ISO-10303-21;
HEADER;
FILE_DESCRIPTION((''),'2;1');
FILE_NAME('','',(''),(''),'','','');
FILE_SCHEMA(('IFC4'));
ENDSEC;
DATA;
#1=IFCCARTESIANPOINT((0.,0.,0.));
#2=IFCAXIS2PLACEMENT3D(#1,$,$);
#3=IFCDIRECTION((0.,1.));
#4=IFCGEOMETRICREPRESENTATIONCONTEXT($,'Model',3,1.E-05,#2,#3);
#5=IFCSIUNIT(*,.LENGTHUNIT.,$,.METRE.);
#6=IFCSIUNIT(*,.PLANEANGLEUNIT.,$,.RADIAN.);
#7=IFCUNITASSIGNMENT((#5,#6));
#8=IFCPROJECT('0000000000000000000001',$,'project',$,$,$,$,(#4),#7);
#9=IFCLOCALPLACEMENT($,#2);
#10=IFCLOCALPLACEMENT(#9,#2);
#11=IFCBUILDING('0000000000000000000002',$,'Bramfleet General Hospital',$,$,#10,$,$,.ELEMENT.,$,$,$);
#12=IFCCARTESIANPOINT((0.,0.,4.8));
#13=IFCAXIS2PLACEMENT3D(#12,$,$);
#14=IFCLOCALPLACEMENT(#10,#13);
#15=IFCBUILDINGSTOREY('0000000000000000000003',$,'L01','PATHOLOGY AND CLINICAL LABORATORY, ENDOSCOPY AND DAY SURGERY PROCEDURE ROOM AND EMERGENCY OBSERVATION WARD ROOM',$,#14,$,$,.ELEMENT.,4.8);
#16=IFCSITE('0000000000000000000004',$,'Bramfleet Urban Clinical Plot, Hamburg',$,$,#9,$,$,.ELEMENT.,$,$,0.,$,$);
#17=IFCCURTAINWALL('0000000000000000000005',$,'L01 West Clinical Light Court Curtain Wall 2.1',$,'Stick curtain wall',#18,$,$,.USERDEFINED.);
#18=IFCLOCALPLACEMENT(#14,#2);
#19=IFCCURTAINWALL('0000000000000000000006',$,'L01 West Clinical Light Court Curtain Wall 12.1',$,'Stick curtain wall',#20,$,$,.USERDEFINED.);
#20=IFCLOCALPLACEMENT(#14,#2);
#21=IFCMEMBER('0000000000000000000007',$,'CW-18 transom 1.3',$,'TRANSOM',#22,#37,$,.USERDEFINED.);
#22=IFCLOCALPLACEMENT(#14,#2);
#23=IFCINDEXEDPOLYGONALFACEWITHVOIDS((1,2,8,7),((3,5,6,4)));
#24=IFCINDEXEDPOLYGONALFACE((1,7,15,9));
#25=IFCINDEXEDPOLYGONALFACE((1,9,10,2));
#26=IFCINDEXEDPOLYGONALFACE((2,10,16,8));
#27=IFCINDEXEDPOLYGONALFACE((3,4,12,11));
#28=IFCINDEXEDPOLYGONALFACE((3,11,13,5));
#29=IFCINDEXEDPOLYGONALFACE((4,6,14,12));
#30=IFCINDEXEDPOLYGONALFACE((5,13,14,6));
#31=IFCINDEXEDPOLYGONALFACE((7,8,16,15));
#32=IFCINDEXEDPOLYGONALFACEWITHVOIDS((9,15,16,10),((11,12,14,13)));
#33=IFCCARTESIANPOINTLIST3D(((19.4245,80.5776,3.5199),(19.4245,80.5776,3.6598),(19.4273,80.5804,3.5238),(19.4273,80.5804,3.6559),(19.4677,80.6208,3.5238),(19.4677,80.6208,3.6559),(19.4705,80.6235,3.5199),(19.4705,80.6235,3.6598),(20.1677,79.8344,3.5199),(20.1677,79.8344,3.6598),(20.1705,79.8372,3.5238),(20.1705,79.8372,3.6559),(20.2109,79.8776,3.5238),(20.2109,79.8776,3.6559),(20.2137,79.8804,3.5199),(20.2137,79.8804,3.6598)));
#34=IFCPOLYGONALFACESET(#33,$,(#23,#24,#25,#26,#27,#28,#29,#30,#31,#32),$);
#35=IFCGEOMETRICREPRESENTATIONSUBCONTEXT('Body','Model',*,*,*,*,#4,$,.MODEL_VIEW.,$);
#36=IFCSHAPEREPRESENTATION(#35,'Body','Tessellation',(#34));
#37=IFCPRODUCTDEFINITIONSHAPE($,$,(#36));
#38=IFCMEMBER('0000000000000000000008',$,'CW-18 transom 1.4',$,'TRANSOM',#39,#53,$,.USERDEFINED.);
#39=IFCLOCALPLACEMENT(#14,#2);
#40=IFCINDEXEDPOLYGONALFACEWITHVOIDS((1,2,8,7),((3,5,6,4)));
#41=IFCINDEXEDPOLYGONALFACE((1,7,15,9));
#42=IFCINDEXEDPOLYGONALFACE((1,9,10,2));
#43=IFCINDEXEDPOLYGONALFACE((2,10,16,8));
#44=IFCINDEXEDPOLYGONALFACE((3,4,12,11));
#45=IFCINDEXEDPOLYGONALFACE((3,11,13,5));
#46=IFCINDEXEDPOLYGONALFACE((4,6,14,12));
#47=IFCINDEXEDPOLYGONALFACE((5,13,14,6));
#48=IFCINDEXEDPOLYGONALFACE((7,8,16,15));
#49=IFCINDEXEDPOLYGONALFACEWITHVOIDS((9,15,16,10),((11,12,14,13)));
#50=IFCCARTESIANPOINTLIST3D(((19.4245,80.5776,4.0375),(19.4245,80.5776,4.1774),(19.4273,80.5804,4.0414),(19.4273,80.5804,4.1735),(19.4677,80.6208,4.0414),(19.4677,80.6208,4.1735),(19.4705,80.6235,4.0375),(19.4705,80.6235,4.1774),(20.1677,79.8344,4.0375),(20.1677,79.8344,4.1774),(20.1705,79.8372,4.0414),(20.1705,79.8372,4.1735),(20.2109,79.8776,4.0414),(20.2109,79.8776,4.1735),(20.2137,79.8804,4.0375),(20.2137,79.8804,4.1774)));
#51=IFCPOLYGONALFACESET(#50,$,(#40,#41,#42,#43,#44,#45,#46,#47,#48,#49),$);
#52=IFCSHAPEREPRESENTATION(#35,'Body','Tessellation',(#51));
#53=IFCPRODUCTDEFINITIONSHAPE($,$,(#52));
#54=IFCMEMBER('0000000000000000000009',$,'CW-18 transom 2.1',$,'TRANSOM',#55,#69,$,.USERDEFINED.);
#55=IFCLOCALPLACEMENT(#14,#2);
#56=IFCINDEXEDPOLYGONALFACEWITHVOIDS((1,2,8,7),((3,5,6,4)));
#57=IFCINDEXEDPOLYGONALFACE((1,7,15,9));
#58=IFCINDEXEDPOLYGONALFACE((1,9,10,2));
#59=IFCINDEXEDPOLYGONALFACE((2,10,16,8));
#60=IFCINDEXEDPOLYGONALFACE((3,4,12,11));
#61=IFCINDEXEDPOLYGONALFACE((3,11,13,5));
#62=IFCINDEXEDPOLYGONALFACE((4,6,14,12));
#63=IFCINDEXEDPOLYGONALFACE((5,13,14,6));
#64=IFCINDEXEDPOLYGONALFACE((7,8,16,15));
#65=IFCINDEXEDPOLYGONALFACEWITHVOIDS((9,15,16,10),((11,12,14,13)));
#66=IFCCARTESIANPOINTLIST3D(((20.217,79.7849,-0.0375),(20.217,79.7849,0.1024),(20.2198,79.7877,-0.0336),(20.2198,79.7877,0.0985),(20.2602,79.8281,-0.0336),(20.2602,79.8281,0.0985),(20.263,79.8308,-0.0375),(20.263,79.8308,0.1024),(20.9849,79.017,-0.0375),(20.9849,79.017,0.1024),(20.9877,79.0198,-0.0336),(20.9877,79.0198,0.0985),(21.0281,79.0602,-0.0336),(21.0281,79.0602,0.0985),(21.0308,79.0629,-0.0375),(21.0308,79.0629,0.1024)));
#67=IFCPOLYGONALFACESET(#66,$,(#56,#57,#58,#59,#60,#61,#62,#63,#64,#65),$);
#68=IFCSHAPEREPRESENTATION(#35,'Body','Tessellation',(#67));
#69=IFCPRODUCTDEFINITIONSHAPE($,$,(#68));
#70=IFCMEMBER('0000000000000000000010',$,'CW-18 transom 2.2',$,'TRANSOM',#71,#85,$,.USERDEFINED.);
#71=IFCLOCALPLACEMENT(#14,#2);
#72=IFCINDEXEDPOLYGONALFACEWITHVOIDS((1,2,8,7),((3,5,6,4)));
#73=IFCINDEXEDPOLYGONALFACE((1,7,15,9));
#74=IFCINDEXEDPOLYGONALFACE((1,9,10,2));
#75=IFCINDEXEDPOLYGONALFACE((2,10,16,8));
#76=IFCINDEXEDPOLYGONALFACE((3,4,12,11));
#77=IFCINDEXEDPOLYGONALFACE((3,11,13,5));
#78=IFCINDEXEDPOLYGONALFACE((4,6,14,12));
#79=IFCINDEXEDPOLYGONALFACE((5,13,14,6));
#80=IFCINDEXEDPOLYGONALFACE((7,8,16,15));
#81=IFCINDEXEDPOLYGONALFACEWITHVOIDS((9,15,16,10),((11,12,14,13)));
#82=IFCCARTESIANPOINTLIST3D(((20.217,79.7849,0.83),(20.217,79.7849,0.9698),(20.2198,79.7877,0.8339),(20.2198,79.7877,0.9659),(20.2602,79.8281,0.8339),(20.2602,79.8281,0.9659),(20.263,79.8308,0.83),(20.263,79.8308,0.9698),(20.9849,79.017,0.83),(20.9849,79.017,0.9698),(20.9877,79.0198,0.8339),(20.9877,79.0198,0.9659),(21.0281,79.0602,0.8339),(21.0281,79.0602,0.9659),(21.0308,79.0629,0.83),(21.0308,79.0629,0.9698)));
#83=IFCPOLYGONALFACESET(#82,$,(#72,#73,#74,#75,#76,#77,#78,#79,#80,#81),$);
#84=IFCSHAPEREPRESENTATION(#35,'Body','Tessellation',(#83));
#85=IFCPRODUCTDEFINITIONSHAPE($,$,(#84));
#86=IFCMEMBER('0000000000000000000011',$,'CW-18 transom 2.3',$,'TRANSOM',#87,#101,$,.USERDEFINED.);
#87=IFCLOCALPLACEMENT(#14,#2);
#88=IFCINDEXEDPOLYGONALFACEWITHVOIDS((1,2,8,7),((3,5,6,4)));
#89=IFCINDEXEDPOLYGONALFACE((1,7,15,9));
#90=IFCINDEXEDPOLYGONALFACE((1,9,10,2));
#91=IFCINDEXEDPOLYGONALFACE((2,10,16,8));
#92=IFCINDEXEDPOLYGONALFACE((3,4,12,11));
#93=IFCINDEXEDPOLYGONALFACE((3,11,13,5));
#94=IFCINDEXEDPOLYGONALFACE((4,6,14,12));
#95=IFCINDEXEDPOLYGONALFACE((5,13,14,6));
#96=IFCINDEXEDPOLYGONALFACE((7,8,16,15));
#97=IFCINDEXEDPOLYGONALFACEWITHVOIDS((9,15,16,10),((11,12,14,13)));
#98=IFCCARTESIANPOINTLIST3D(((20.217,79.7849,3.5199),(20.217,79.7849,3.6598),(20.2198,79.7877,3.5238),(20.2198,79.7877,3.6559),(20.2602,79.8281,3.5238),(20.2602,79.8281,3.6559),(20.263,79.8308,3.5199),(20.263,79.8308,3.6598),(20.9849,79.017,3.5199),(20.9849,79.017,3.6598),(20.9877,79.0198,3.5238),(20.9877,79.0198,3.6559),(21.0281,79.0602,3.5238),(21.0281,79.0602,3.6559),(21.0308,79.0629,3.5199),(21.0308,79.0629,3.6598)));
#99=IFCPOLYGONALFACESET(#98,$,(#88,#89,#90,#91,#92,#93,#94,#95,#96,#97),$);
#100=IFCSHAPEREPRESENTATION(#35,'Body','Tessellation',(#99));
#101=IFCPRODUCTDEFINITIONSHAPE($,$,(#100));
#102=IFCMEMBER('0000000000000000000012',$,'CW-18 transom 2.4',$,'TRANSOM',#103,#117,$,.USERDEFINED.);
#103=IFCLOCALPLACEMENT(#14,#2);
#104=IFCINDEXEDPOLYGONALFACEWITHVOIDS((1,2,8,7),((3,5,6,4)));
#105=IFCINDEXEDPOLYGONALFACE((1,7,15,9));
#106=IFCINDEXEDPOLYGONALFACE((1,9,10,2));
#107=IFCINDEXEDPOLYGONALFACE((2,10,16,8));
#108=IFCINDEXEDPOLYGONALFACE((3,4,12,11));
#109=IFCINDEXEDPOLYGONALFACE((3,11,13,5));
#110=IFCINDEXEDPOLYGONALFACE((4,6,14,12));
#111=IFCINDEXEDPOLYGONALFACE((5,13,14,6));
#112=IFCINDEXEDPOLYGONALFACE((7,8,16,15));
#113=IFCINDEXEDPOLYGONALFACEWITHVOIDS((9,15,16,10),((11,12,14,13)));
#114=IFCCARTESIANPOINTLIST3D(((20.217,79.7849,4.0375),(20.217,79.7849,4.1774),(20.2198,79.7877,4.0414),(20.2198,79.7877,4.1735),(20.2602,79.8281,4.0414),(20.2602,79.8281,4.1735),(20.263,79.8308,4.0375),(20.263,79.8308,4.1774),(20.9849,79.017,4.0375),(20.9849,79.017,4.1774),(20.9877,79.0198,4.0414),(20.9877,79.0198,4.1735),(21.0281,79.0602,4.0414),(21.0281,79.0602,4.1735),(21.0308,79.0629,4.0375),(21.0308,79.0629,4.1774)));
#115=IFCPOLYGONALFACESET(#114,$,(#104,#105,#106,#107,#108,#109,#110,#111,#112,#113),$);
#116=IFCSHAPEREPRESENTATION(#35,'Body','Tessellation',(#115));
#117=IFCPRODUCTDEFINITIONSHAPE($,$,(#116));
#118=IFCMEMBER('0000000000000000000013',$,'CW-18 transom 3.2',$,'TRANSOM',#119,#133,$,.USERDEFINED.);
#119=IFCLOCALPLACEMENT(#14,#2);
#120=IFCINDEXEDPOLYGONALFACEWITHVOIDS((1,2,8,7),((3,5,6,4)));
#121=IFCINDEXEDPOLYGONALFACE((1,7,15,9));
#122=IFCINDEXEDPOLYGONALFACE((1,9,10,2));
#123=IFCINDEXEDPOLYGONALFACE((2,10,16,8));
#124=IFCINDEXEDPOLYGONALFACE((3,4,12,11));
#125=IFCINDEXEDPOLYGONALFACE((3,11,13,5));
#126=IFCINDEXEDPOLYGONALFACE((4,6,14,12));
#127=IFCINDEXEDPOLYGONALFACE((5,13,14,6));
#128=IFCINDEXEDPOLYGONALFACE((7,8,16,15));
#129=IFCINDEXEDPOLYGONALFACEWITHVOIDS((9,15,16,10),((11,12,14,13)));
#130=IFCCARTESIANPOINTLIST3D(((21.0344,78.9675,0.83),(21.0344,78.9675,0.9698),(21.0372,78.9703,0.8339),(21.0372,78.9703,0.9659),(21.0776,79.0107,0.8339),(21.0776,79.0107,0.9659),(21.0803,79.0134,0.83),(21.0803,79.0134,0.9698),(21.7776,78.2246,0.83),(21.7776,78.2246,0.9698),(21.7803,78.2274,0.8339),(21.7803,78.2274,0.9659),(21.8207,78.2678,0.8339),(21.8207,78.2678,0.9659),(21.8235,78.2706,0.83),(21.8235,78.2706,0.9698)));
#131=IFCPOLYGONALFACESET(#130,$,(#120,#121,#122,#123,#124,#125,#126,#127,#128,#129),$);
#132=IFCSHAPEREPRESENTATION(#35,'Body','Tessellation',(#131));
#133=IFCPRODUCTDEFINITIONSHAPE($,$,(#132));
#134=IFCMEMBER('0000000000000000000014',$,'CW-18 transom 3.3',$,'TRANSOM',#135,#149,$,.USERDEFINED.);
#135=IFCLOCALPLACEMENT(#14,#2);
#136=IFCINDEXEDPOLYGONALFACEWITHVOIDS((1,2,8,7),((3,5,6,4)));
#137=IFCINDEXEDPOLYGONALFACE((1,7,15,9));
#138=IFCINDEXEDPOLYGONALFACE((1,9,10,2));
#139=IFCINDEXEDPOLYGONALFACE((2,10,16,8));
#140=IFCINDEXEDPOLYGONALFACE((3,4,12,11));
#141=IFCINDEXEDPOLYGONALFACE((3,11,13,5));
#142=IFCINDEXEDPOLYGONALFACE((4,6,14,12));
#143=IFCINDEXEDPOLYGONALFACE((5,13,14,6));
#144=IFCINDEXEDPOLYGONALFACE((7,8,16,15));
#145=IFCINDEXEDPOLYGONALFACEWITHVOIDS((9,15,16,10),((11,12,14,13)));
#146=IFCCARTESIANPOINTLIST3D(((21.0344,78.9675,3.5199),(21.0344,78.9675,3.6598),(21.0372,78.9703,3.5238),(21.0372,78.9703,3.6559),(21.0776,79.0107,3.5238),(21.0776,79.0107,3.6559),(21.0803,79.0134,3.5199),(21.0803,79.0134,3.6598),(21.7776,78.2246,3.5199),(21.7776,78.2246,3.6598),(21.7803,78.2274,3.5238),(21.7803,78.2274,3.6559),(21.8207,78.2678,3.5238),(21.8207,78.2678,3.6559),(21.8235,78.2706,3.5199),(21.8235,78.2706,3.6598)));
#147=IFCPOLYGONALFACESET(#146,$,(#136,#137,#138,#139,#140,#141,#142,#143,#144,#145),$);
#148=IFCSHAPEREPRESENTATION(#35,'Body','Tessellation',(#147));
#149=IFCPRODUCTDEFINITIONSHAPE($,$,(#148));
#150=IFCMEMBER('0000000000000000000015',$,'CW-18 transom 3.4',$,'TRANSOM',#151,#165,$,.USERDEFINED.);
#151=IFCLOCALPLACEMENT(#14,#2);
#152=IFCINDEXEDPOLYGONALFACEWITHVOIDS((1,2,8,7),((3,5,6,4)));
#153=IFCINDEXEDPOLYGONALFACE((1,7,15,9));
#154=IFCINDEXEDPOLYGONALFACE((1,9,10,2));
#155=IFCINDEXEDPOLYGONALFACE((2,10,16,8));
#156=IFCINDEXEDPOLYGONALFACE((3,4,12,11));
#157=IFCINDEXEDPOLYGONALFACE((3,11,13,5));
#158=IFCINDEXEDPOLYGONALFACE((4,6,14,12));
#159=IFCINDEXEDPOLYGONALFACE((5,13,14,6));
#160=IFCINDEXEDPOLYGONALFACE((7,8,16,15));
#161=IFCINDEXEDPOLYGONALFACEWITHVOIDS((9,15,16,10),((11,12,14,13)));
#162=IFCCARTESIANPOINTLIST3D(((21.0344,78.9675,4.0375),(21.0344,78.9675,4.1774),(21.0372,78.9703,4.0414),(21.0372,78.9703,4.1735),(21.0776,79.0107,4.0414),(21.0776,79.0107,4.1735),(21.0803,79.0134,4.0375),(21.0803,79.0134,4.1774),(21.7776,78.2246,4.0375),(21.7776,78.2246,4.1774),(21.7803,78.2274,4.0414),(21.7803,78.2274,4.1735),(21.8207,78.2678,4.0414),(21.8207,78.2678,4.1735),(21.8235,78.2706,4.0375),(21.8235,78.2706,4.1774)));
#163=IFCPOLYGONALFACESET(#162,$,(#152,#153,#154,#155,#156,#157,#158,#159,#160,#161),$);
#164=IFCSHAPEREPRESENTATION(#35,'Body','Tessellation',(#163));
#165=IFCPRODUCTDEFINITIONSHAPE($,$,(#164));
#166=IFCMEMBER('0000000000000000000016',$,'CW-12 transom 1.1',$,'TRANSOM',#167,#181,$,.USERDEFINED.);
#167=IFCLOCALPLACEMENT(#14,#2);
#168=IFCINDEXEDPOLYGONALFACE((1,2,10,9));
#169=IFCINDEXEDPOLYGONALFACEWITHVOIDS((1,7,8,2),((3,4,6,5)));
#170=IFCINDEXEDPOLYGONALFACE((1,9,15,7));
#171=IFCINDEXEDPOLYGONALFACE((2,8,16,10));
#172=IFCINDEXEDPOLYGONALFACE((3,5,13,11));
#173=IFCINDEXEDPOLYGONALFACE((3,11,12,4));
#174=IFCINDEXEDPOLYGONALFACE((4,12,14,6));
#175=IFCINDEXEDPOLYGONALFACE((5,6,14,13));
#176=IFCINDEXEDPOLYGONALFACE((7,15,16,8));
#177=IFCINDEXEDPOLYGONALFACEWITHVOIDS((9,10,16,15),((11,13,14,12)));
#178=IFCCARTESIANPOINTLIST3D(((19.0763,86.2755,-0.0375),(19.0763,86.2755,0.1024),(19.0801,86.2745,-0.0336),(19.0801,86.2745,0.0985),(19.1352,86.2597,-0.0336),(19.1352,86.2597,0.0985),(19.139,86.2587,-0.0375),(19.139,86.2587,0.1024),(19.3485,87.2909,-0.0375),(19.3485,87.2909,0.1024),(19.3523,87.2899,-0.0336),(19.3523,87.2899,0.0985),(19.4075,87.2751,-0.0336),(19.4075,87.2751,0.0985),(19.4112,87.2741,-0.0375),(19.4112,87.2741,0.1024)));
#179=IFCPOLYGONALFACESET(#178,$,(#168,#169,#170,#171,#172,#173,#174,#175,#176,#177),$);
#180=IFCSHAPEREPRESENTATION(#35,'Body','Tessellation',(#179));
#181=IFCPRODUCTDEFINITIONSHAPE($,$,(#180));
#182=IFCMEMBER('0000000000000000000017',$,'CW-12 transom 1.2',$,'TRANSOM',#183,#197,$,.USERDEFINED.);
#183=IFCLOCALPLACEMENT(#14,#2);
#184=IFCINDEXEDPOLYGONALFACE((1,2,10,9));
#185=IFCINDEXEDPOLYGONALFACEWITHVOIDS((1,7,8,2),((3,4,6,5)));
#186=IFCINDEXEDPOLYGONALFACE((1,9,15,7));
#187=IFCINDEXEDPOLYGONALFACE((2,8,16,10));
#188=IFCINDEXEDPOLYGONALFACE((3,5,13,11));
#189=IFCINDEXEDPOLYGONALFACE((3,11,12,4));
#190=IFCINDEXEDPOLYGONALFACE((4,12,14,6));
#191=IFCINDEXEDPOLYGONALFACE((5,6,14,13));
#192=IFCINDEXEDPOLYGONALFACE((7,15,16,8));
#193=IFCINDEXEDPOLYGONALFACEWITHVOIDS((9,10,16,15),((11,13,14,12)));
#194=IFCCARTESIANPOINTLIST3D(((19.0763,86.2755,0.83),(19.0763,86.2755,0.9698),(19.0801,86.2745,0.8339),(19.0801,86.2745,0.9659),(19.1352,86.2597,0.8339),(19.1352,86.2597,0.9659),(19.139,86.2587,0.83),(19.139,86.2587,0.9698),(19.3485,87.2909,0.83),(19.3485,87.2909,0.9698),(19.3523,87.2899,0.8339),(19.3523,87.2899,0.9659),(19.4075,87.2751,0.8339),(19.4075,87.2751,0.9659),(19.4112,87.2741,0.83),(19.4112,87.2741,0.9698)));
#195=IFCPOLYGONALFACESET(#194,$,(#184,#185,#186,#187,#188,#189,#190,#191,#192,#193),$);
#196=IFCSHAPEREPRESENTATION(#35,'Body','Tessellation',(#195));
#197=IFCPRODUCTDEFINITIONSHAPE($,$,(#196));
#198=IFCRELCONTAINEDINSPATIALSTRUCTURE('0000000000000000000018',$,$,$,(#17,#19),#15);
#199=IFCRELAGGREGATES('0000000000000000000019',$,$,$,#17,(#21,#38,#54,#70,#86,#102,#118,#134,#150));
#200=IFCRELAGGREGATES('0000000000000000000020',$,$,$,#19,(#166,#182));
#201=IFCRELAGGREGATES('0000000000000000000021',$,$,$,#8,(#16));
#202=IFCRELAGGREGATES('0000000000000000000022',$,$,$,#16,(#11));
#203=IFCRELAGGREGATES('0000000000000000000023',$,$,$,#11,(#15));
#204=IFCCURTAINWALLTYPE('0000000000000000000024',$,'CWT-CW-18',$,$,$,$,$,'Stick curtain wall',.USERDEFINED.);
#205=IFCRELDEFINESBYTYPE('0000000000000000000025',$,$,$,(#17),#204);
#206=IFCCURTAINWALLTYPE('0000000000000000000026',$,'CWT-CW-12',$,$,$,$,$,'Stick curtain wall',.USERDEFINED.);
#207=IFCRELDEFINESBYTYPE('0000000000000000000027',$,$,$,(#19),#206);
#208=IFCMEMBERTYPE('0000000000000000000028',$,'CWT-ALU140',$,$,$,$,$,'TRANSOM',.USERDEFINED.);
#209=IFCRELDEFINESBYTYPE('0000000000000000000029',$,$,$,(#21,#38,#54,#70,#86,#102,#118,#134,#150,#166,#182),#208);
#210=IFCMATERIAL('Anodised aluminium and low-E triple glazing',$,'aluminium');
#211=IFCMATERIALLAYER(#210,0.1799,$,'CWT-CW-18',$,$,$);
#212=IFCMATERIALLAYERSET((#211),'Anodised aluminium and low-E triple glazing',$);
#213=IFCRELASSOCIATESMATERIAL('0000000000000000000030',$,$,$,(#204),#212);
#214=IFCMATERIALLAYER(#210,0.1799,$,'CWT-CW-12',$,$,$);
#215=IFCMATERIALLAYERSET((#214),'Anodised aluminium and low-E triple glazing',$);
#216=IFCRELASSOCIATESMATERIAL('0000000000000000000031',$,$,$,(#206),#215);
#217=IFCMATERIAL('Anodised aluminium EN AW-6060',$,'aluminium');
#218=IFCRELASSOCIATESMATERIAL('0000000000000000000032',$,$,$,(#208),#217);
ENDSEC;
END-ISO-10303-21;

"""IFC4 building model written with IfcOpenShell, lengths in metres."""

from ifc_helpers import new_model, si_unit, direction, frame, origin, origin_2d, place, context, subcontext, project, spatial, hollow_rectangle, extrude, material, layer, layer_set, material_profile, profile_set, type_object, element, aggregate, save


model = new_model("IFC4")

# Units and contexts
model_context = context("Model", 3, precision=1e-05, world=origin(), true_north=direction((0.0, 1.0)))
body_context = subcontext(model_context, "Body", "Model", "MODEL_VIEW")
ifc_project = project(units=[si_unit("LENGTHUNIT", "METRE"), si_unit("PLANEANGLEUNIT", "RADIAN")], contexts=[model_context])

# Site, building, storey
site_placement = place(None, origin())
site = spatial("IfcSite", under=ifc_project, at=site_placement, Name="Bramfleet Urban Clinical Plot, Hamburg", CompositionType="ELEMENT", RefElevation=0.0)
building_placement = place(site_placement, origin())
building = spatial("IfcBuilding", under=site, at=building_placement, Name="Bramfleet General Hospital", CompositionType="ELEMENT")
storey_placement = place(building_placement, frame((0.0, 0.0, 4.8)))
storey = spatial("IfcBuildingStorey", under=building, at=storey_placement, Name="L01", Description="PATHOLOGY AND CLINICAL LABORATORY, ENDOSCOPY AND DAY SURGERY PROCEDURE ROOM AND EMERGENCY OBSERVATION WARD ROOM", CompositionType="ELEMENT", Elevation=4.8)

# Shared definitions
ifc_material_1 = material(Name="Anodised aluminium and low-E triple glazing", Category="aluminium")
ifc_material_2 = material(Name="Anodised aluminium EN AW-6060", Category="aluminium")

# Curtain wall
ifc_layer_1 = layer(ifc_material_1, 0.1799, Name="CWT-CW-18")
ifc_layer_set_1 = layer_set([ifc_layer_1], Name="Anodised aluminium and low-E triple glazing")
curtain_wall_type_1 = type_object("IfcCurtainWallType", Name="CWT-CW-18", ElementType="Stick curtain wall", PredefinedType="USERDEFINED", material=ifc_layer_set_1)
curtain_wall_1_placement = place(storey_placement, origin())
curtain_wall_1 = element("IfcCurtainWall", 1, at=curtain_wall_1_placement, inside=storey, type_object=curtain_wall_type_1, Name="L01 West Clinical Light Court Curtain Wall 2.1", ObjectType="Stick curtain wall", PredefinedType="USERDEFINED")

# Curtain wall
ifc_layer_2 = layer(ifc_material_1, 0.1799, Name="CWT-CW-12")
ifc_layer_set_2 = layer_set([ifc_layer_2], Name="Anodised aluminium and low-E triple glazing")
curtain_wall_type_2 = type_object("IfcCurtainWallType", Name="CWT-CW-12", ElementType="Stick curtain wall", PredefinedType="USERDEFINED", material=ifc_layer_set_2)
curtain_wall_2_placement = place(storey_placement, origin())
curtain_wall_2 = element("IfcCurtainWall", 2, at=curtain_wall_2_placement, inside=storey, type_object=curtain_wall_type_2, Name="L01 West Clinical Light Court Curtain Wall 12.1", ObjectType="Stick curtain wall", PredefinedType="USERDEFINED")

# Members
ifc_material_profile_1 = material_profile(ifc_material_2, hollow_rectangle(XDim=0.0649, YDim=0.1399, WallThickness=0.0039, at=origin_2d()), Name="ALU 140x65x4.0")
ifc_profile_set_1 = profile_set([ifc_material_profile_1], Name="Anodised aluminium EN AW-6060")
member_type_1 = type_object("IfcMemberType", Name="CWT-ALU140", ElementType="TRANSOM", PredefinedType="USERDEFINED", material=ifc_profile_set_1)
member_1_placement = place(storey_placement, frame((19.4475, 80.6006, 3.5898), z_axis=(0.707107, -0.707107, 0.0), x_axis=(0.707107, 0.707107, 0.0)))
member_1 = element("IfcMember", 3, at=member_1_placement, type_object=member_type_1, Name="CW-18 transom 1.3", ObjectType="TRANSOM", PredefinedType="USERDEFINED", context=body_context, shape_type="SweptSolid", body=[
    extrude(hollow_rectangle(XDim=0.0649, YDim=0.1399, WallThickness=0.0039, at=origin_2d()), origin(), (0.0, 0.0, 1.0), 1.051),
])
member_2_placement = place(storey_placement, frame((19.4475, 80.6006, 4.1074), z_axis=(0.707107, -0.707107, 0.0), x_axis=(0.707107, 0.707107, 0.0)))
member_2 = element("IfcMember", 4, at=member_2_placement, type_object=member_type_1, Name="CW-18 transom 1.4", ObjectType="TRANSOM", PredefinedType="USERDEFINED", context=body_context, shape_type="SweptSolid", body=[
    extrude(hollow_rectangle(XDim=0.0649, YDim=0.1399, WallThickness=0.0039, at=origin_2d()), origin(), (0.0, 0.0, 1.0), 1.051),
])
member_3_placement = place(storey_placement, frame((20.24, 79.8079, 0.0325), z_axis=(0.707107, -0.707107, 0.0), x_axis=(0.707107, 0.707107, 0.0)))
member_3 = element("IfcMember", 5, at=member_3_placement, type_object=member_type_1, Name="CW-18 transom 2.1", ObjectType="TRANSOM", PredefinedType="USERDEFINED", context=body_context, shape_type="SweptSolid", body=[
    extrude(hollow_rectangle(XDim=0.0649, YDim=0.1399, WallThickness=0.0039, at=origin_2d()), origin(), (0.0, 0.0, 1.0), 1.0859),
])
member_4_placement = place(storey_placement, frame((20.24, 79.8079, 0.8999), z_axis=(0.707107, -0.707107, 0.0), x_axis=(0.707107, 0.707107, 0.0)))
member_4 = element("IfcMember", 6, at=member_4_placement, type_object=member_type_1, Name="CW-18 transom 2.2", ObjectType="TRANSOM", PredefinedType="USERDEFINED", context=body_context, shape_type="SweptSolid", body=[
    extrude(hollow_rectangle(XDim=0.0649, YDim=0.1399, WallThickness=0.0039, at=origin_2d()), origin(), (0.0, 0.0, 1.0), 1.0859),
])
member_5_placement = place(storey_placement, frame((20.24, 79.8079, 3.5898), z_axis=(0.707107, -0.707107, 0.0), x_axis=(0.707107, 0.707107, 0.0)))
member_5 = element("IfcMember", 7, at=member_5_placement, type_object=member_type_1, Name="CW-18 transom 2.3", ObjectType="TRANSOM", PredefinedType="USERDEFINED", context=body_context, shape_type="SweptSolid", body=[
    extrude(hollow_rectangle(XDim=0.0649, YDim=0.1399, WallThickness=0.0039, at=origin_2d()), origin(), (0.0, 0.0, 1.0), 1.0859),
])
member_6_placement = place(storey_placement, frame((20.24, 79.8079, 4.1074), z_axis=(0.707107, -0.707107, 0.0), x_axis=(0.707107, 0.707107, 0.0)))
member_6 = element("IfcMember", 8, at=member_6_placement, type_object=member_type_1, Name="CW-18 transom 2.4", ObjectType="TRANSOM", PredefinedType="USERDEFINED", context=body_context, shape_type="SweptSolid", body=[
    extrude(hollow_rectangle(XDim=0.0649, YDim=0.1399, WallThickness=0.0039, at=origin_2d()), origin(), (0.0, 0.0, 1.0), 1.0859),
])
member_7_placement = place(storey_placement, frame((21.0574, 78.9905, 0.8999), z_axis=(0.707223, -0.706991, 0.0), x_axis=(0.706991, 0.707223, 0.0)))
member_7 = element("IfcMember", 9, at=member_7_placement, type_object=member_type_1, Name="CW-18 transom 3.2", ObjectType="TRANSOM", PredefinedType="USERDEFINED", context=body_context, shape_type="SweptSolid", body=[
    extrude(hollow_rectangle(XDim=0.0649, YDim=0.1399, WallThickness=0.0039, at=origin_2d()), origin(), (0.0, 0.0, 1.0), 1.0508),
])
member_8_placement = place(storey_placement, frame((21.0574, 78.9905, 3.5898), z_axis=(0.707223, -0.706991, 0.0), x_axis=(0.706991, 0.707223, 0.0)))
member_8 = element("IfcMember", 10, at=member_8_placement, type_object=member_type_1, Name="CW-18 transom 3.3", ObjectType="TRANSOM", PredefinedType="USERDEFINED", context=body_context, shape_type="SweptSolid", body=[
    extrude(hollow_rectangle(XDim=0.0649, YDim=0.1399, WallThickness=0.0039, at=origin_2d()), origin(), (0.0, 0.0, 1.0), 1.0508),
])
member_9_placement = place(storey_placement, frame((21.0574, 78.9905, 4.1074), z_axis=(0.707223, -0.706991, 0.0), x_axis=(0.706991, 0.707223, 0.0)))
member_9 = element("IfcMember", 11, at=member_9_placement, type_object=member_type_1, Name="CW-18 transom 3.4", ObjectType="TRANSOM", PredefinedType="USERDEFINED", context=body_context, shape_type="SweptSolid", body=[
    extrude(hollow_rectangle(XDim=0.0649, YDim=0.1399, WallThickness=0.0039, at=origin_2d()), origin(), (0.0, 0.0, 1.0), 1.0508),
])
member_10_placement = place(storey_placement, frame((19.3799, 87.2825, 0.0325), z_axis=(-0.258949, -0.965891, 0.0), x_axis=(0.965891, -0.258949, 0.0)))
member_10 = element("IfcMember", 12, at=member_10_placement, type_object=member_type_1, Name="CW-12 transom 1.1", ObjectType="TRANSOM", PredefinedType="USERDEFINED", context=body_context, shape_type="SweptSolid", body=[
    extrude(hollow_rectangle(XDim=0.0649, YDim=0.1399, WallThickness=0.0039, at=origin_2d()), origin(), (0.0, 0.0, 1.0), 1.0513),
])
member_11_placement = place(storey_placement, frame((19.3799, 87.2825, 0.8999), z_axis=(-0.258949, -0.965891, 0.0), x_axis=(0.965891, -0.258949, 0.0)))
member_11 = element("IfcMember", 13, at=member_11_placement, type_object=member_type_1, Name="CW-12 transom 1.2", ObjectType="TRANSOM", PredefinedType="USERDEFINED", context=body_context, shape_type="SweptSolid", body=[
    extrude(hollow_rectangle(XDim=0.0649, YDim=0.1399, WallThickness=0.0039, at=origin_2d()), origin(), (0.0, 0.0, 1.0), 1.0513),
])

aggregate(curtain_wall_1, [member_1, member_2, member_3, member_4, member_5, member_6, member_7, member_8, member_9])
aggregate(curtain_wall_2, [member_10, member_11])

save(model, "model.ifc")
